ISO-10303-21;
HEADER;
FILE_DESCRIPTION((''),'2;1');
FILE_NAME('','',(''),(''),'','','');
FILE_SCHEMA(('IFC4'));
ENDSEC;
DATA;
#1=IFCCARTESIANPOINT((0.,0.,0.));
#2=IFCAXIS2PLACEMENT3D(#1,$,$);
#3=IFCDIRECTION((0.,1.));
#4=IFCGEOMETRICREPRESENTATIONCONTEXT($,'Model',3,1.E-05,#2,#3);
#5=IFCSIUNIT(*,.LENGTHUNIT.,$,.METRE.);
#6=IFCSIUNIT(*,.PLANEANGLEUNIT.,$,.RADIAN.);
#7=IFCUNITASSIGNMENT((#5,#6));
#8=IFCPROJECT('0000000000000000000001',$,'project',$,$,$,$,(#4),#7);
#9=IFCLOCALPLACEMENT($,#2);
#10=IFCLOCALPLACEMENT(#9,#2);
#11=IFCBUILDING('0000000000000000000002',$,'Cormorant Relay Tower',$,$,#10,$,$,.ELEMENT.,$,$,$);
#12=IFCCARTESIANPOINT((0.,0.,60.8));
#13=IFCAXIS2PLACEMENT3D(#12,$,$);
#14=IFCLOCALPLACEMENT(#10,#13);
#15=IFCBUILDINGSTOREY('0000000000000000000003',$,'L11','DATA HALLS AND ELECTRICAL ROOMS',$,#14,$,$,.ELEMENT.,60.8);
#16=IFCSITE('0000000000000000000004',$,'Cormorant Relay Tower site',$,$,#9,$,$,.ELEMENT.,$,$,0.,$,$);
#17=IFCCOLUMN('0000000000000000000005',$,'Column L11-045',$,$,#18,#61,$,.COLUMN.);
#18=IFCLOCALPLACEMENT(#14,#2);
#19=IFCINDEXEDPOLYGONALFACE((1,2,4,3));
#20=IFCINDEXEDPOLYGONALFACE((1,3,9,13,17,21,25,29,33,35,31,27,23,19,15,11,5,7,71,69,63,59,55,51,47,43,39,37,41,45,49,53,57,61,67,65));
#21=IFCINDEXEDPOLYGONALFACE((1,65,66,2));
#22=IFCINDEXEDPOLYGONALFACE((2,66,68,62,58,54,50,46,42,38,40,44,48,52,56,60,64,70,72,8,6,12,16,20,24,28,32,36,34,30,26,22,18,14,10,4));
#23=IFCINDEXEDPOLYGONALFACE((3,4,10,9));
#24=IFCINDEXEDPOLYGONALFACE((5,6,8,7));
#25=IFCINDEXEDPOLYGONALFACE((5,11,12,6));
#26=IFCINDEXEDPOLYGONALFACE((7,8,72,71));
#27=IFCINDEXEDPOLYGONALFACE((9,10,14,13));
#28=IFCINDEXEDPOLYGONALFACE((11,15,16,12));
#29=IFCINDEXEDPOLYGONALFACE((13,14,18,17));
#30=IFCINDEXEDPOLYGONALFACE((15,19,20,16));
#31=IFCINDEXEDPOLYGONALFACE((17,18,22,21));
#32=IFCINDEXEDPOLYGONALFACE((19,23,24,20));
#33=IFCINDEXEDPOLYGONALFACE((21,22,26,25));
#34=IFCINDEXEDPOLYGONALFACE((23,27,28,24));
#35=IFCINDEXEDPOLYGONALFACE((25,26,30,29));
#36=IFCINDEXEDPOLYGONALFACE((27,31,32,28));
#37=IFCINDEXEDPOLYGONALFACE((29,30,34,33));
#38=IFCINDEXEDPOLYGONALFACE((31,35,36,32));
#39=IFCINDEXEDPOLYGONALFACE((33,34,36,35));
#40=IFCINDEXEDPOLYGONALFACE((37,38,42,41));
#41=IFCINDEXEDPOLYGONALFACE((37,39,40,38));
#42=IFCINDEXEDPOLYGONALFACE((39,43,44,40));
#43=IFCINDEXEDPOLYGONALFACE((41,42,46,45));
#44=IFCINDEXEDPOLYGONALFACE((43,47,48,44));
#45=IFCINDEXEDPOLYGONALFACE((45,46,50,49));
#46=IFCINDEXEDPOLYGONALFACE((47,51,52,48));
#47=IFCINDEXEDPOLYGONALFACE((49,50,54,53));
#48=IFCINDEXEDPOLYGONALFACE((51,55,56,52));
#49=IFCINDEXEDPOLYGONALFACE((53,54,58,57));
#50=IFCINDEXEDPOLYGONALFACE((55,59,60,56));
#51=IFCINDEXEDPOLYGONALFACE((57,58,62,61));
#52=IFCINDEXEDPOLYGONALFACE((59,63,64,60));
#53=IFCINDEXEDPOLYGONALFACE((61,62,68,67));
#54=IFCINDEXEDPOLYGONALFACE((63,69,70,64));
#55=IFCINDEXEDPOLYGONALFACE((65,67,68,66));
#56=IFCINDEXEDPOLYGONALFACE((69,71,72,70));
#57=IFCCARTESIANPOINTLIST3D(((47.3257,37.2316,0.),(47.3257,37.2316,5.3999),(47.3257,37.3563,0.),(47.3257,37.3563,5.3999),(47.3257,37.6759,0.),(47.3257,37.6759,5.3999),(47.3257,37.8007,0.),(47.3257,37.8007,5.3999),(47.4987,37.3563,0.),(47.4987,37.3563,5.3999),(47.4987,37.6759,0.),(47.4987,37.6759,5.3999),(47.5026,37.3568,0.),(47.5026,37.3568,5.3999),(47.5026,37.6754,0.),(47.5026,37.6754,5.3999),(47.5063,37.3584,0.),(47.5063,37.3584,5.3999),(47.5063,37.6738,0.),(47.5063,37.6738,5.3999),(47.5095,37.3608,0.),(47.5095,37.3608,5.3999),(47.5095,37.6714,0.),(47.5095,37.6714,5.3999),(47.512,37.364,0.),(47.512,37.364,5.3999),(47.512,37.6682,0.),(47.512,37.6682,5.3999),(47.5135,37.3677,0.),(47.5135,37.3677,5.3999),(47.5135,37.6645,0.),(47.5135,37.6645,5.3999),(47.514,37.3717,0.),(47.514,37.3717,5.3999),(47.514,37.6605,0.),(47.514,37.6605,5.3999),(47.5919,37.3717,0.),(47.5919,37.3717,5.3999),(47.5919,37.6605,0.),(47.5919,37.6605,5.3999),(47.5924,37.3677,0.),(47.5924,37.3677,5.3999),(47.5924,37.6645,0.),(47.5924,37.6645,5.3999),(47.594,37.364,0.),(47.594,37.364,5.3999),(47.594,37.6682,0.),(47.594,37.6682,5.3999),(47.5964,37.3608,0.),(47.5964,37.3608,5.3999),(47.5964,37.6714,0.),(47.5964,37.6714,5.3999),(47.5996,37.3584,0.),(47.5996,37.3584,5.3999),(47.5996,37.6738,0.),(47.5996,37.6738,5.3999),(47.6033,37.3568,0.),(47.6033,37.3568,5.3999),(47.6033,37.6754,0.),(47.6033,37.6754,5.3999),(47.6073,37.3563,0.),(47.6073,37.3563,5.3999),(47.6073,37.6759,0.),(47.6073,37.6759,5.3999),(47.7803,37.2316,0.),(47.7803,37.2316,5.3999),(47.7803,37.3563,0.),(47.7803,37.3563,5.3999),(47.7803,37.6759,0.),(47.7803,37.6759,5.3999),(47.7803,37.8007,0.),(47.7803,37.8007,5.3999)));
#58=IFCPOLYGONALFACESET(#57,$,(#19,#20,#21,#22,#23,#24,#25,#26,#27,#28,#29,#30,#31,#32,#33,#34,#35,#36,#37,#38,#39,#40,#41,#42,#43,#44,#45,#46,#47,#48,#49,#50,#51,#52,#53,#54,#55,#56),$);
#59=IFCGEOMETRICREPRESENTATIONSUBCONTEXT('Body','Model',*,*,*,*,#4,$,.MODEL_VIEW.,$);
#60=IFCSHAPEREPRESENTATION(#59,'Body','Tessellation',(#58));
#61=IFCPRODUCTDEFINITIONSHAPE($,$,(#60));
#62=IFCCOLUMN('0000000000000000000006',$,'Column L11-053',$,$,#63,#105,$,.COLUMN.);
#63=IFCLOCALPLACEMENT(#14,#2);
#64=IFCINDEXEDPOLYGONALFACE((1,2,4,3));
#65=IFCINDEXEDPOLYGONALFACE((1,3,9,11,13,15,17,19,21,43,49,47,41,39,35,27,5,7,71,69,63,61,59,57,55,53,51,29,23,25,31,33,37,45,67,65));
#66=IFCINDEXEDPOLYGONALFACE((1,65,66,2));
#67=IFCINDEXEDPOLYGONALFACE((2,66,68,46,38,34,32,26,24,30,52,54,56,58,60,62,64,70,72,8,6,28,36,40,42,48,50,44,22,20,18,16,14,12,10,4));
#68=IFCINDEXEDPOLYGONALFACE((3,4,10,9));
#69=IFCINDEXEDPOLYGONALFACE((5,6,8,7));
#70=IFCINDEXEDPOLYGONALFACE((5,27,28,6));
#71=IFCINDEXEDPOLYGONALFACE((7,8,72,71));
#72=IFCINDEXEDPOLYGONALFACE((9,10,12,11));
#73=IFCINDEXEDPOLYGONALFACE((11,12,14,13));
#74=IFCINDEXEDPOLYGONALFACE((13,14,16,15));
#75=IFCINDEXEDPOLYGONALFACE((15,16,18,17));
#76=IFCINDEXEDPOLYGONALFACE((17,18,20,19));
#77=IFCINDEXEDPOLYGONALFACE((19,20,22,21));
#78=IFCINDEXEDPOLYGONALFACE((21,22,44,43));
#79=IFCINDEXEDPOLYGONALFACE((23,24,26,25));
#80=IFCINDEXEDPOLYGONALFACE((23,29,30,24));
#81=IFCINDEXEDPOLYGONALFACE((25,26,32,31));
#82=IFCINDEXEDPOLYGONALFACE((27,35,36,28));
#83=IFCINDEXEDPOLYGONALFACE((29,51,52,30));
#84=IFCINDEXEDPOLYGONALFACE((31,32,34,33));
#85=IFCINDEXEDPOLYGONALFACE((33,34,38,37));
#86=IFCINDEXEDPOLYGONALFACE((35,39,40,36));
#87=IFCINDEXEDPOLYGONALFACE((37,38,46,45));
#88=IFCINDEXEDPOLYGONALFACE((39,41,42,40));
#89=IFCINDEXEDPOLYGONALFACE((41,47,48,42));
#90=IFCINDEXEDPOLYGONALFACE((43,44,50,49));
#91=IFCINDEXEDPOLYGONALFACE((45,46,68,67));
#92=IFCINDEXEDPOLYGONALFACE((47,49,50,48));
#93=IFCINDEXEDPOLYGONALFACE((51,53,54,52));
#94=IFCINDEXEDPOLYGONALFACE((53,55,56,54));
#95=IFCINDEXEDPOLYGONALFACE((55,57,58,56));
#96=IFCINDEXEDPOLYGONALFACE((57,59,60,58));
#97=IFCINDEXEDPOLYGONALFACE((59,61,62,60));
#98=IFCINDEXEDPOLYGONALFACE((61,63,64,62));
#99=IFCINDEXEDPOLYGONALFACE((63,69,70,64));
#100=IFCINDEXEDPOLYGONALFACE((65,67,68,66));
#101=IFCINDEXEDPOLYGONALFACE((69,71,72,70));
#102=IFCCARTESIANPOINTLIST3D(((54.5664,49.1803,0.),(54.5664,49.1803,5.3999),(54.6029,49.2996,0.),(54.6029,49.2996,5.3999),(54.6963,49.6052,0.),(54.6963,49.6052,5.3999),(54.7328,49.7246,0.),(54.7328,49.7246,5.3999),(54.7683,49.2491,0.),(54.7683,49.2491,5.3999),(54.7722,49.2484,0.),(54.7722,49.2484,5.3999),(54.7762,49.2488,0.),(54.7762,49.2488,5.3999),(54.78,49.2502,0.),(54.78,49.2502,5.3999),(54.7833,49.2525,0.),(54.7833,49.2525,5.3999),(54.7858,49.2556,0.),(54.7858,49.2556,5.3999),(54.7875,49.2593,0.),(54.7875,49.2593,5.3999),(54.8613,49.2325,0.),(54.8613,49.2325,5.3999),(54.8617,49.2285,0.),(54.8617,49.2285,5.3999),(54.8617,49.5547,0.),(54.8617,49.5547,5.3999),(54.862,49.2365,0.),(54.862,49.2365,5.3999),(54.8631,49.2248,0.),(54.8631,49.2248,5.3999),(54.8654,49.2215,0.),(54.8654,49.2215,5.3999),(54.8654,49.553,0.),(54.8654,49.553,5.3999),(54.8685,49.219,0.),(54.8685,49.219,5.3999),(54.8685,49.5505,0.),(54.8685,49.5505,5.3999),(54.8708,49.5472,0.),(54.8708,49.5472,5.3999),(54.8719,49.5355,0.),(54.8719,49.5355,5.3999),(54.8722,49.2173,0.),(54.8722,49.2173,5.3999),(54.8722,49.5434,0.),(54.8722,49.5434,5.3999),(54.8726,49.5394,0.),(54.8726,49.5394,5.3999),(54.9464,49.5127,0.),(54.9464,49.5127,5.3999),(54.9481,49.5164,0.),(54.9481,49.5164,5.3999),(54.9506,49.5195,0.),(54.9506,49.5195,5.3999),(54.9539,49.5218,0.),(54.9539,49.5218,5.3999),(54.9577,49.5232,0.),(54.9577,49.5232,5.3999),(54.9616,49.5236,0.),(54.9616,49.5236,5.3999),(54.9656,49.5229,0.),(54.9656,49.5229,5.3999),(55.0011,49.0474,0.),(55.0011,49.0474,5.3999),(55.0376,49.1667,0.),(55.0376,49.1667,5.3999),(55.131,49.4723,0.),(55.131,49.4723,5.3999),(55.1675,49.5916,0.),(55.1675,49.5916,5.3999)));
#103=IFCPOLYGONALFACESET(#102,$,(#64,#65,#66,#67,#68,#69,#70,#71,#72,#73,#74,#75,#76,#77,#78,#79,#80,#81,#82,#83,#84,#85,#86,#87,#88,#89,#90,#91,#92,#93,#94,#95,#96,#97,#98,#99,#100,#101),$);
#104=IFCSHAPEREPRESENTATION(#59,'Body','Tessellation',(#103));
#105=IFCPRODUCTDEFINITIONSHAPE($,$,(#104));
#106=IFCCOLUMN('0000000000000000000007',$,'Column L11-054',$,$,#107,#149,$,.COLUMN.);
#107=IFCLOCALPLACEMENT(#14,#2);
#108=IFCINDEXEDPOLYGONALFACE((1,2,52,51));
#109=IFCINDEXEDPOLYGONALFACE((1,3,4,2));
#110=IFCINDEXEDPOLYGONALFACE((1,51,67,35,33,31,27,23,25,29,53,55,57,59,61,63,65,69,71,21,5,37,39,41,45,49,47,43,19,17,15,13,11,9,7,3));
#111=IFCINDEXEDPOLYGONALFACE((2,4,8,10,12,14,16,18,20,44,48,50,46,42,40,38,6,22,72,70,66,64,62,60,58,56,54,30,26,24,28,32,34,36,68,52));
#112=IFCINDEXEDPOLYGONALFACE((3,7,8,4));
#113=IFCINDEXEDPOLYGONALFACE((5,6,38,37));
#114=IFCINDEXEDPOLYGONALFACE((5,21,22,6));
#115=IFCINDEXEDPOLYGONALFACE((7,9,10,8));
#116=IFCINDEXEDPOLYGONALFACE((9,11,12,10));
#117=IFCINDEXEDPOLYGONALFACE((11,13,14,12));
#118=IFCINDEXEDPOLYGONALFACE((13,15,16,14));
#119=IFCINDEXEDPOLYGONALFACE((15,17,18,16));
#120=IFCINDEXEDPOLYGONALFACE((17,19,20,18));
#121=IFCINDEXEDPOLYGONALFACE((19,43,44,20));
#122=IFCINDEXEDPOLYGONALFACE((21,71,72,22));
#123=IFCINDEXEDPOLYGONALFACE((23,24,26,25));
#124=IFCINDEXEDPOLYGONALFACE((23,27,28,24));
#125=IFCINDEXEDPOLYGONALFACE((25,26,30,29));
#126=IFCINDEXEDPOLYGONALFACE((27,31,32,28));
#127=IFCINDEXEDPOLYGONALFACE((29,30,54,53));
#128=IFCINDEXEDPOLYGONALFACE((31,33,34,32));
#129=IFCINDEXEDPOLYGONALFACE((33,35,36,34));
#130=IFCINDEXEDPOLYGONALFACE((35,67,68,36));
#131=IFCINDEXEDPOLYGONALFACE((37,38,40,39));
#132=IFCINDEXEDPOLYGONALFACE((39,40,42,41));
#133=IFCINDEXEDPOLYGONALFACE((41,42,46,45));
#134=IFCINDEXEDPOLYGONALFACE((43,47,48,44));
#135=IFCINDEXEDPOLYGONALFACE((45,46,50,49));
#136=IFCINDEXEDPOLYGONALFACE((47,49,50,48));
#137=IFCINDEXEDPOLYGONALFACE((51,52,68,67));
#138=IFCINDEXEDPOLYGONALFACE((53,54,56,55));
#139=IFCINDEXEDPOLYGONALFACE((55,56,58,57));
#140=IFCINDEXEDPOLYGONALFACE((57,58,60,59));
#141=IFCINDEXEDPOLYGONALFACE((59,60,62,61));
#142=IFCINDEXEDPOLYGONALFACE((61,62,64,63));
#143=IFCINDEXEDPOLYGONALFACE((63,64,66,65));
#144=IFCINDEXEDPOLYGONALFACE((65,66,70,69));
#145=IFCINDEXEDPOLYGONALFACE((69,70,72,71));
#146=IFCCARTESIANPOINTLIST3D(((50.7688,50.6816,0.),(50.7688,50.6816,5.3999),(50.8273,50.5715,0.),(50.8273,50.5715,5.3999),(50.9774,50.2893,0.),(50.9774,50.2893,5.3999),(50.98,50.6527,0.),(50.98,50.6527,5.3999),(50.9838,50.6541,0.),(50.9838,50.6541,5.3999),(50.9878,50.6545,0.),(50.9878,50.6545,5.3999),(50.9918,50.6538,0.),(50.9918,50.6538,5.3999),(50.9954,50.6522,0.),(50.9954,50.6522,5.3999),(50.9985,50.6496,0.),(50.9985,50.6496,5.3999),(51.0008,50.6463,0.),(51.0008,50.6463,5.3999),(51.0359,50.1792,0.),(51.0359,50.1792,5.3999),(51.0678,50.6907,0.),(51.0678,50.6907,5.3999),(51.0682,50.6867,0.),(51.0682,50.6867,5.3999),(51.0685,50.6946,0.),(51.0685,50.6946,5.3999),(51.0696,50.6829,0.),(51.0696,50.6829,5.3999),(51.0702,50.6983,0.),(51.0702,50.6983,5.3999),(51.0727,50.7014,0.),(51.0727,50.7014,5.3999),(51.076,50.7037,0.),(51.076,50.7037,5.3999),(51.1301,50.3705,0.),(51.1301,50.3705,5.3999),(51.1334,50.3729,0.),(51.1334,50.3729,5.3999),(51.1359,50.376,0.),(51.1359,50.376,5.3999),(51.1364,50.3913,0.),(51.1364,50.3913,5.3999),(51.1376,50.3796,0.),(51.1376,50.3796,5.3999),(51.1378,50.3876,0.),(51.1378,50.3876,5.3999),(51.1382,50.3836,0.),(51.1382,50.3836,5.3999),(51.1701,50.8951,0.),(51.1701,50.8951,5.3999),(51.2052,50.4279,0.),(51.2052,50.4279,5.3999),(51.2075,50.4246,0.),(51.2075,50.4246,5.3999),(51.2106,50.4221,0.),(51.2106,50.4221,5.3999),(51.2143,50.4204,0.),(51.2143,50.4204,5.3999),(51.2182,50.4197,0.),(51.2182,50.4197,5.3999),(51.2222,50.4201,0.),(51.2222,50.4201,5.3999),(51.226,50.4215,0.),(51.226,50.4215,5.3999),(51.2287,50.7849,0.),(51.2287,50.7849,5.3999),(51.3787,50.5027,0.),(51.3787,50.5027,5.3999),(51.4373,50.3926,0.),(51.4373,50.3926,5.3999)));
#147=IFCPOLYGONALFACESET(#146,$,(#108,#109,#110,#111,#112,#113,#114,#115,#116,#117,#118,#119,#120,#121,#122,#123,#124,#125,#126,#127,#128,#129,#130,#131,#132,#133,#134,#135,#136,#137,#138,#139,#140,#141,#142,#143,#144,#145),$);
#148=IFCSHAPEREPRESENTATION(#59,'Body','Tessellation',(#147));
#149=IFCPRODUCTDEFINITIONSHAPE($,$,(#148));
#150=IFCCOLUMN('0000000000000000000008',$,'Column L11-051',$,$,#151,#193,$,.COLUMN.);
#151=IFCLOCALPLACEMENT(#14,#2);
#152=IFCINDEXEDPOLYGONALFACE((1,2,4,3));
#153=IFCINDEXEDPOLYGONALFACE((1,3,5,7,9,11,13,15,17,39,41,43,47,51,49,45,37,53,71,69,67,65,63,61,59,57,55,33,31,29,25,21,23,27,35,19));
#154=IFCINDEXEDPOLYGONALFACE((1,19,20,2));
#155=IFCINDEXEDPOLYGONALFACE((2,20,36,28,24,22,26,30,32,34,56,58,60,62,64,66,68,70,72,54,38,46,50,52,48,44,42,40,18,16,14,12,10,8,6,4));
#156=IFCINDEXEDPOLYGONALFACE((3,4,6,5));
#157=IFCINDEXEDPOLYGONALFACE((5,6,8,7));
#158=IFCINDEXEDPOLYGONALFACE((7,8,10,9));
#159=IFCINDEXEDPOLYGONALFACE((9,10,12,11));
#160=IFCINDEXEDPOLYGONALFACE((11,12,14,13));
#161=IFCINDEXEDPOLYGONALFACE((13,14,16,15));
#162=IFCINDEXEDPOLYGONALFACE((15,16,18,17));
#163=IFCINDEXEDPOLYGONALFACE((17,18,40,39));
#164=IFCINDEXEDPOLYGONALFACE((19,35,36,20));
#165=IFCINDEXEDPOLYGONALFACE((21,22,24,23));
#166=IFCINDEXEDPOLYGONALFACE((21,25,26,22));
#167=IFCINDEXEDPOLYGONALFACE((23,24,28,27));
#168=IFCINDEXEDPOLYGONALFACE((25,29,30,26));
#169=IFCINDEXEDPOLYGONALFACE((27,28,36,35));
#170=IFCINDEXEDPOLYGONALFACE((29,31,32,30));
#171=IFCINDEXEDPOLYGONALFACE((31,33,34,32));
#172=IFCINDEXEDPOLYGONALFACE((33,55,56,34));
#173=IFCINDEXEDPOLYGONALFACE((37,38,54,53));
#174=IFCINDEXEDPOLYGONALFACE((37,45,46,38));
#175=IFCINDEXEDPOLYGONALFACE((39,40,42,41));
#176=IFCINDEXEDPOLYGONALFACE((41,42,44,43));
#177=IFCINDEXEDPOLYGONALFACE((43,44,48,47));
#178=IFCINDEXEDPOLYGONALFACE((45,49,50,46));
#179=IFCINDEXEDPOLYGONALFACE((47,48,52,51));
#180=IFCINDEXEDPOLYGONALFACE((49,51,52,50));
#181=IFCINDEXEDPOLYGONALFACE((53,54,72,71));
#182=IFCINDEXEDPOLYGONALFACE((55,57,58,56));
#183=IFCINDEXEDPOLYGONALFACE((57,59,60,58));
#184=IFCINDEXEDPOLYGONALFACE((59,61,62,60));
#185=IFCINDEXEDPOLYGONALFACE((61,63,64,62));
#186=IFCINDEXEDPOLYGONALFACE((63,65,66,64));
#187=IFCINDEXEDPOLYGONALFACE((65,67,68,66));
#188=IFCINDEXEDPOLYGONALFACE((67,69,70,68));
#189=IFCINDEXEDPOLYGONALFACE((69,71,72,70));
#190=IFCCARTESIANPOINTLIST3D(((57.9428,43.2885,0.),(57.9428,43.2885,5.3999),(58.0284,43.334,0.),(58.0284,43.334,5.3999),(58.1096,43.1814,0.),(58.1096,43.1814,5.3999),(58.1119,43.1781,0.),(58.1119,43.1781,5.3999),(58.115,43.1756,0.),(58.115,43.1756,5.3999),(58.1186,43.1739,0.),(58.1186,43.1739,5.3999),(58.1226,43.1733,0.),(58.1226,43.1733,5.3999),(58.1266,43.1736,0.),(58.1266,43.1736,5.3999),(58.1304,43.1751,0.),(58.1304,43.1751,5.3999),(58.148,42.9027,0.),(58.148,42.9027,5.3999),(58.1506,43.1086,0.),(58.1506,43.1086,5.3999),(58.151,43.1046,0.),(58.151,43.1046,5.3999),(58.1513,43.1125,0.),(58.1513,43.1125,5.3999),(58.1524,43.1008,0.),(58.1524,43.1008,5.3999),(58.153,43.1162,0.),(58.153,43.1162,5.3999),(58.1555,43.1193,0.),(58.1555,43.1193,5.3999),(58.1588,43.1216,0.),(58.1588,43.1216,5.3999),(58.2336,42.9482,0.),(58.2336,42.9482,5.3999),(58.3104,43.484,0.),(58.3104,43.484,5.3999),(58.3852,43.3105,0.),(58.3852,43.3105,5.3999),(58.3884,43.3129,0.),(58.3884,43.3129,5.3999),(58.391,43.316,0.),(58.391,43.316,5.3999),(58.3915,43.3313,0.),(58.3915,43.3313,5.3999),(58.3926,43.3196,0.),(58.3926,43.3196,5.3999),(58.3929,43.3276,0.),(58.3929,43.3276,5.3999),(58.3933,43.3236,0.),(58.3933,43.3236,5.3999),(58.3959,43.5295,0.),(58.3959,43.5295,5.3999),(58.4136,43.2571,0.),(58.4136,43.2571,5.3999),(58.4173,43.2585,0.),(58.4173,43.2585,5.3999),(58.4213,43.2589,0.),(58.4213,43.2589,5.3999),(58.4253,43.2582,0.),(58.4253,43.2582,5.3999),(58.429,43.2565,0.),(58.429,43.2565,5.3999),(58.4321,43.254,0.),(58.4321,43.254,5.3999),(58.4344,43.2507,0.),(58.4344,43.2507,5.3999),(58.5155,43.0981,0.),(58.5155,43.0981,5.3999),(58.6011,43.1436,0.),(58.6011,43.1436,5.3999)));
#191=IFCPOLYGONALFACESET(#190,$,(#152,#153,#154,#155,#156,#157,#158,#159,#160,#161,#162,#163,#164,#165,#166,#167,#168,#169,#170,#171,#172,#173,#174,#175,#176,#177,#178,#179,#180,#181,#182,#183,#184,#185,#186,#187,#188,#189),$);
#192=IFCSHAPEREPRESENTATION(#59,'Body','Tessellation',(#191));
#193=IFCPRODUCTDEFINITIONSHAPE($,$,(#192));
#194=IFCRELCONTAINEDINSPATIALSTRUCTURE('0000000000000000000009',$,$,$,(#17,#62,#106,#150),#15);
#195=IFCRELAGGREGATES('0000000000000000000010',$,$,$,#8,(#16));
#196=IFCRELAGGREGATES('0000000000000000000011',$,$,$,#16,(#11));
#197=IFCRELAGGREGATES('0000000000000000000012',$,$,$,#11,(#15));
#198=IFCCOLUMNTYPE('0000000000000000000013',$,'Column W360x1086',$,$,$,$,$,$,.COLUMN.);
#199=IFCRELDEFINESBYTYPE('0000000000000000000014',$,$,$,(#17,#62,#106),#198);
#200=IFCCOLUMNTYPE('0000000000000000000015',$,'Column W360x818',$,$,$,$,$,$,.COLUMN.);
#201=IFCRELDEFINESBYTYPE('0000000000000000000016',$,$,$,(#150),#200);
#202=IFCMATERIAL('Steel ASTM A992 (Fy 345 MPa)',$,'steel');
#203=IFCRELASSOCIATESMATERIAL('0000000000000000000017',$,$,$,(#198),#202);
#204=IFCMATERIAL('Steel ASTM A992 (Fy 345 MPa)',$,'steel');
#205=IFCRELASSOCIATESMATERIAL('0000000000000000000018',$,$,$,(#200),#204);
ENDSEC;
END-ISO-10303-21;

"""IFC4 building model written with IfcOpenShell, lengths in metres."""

from ifc_helpers import new_model, si_unit, direction, frame, origin, origin_2d, place, context, subcontext, project, spatial, i_section, extrude, material, material_profile, profile_set, type_object, element, save


model = new_model("IFC4")

# Units and contexts
model_context = context("Model", 3, precision=1e-05, world=origin(), true_north=direction((0.0, 1.0)))
body_context = subcontext(model_context, "Body", "Model", "MODEL_VIEW")
ifc_project = project(units=[si_unit("LENGTHUNIT", "METRE"), si_unit("PLANEANGLEUNIT", "RADIAN")], contexts=[model_context])

# Site, building, storey
site_placement = place(None, origin())
site = spatial("IfcSite", under=ifc_project, at=site_placement, Name="Cormorant Relay Tower site", CompositionType="ELEMENT", RefElevation=0.0)
building_placement = place(site_placement, origin())
building = spatial("IfcBuilding", under=site, at=building_placement, Name="Cormorant Relay Tower", CompositionType="ELEMENT")
storey_placement = place(building_placement, frame((0.0, 0.0, 60.8)))
storey = spatial("IfcBuildingStorey", under=building, at=storey_placement, Name="L11", Description="DATA HALLS AND ELECTRICAL ROOMS", CompositionType="ELEMENT", Elevation=60.8)

# Columns
ifc_material_1 = material(Name="Steel ASTM A992 (Fy 345 MPa)", Category="steel")
ifc_material_profile_1 = material_profile(ifc_material_1, i_section(OverallWidth=0.4546, OverallDepth=0.5691, WebThickness=0.0779, FlangeThickness=0.1248, FilletRadius=0.0154, at=origin_2d()), Name="W360x1086")
ifc_profile_set_1 = profile_set([ifc_material_profile_1], Name="Steel ASTM A992 (Fy 345 MPa)")
column_type_1 = type_object("IfcColumnType", Name="Column W360x1086", PredefinedType="COLUMN", material=ifc_profile_set_1)
for number, where, z_axis, x_axis, name in (
    (1, (47.553, 37.5161, 0.0), (0.0, 0.0, 1.0), (1.0, 0.0, 0.0), "Column L11-045"),
    (2, (54.8669, 49.386, 0.0), (0.0, 0.0, 1.0), (-0.956305, 0.292372, 0.0), "Column L11-053"),
    (3, (51.103, 50.5371, 0.0), (0.0, 0.0, 1.0), (-0.882948, -0.469472, 0.0), "Column L11-054"),
):
    element("IfcColumn", number, at=place(storey_placement, frame(where, z_axis=z_axis, x_axis=x_axis)), inside=storey, type_object=column_type_1, Name=name, PredefinedType="COLUMN", context=body_context, shape_type="SweptSolid", body=[
        extrude(i_section(OverallWidth=0.4546, OverallDepth=0.5691, WebThickness=0.0779, FlangeThickness=0.1248, FilletRadius=0.0154, at=origin_2d()), origin(), (0.0, 0.0, 1.0), 5.3999),
    ])
ifc_material_2 = material(Name="Steel ASTM A992 (Fy 345 MPa)", Category="steel")
ifc_material_profile_2 = material_profile(ifc_material_2, i_section(OverallWidth=0.437, OverallDepth=0.5132, WebThickness=0.0605, FlangeThickness=0.0969, FilletRadius=0.0154, at=origin_2d()), Name="W360x818")
ifc_profile_set_2 = profile_set([ifc_material_profile_2], Name="Steel ASTM A992 (Fy 345 MPa)")
column_type_2 = type_object("IfcColumnType", Name="Column W360x818", PredefinedType="COLUMN", material=ifc_profile_set_2)
column_placement = place(storey_placement, frame((58.272, 43.2161, 0.0), z_axis=(0.0, 0.0, 1.0), x_axis=(-0.469472, 0.882948, 0.0)))
element("IfcColumn", 4, at=column_placement, inside=storey, type_object=column_type_2, Name="Column L11-051", PredefinedType="COLUMN", context=body_context, shape_type="SweptSolid", body=[
    extrude(i_section(OverallWidth=0.437, OverallDepth=0.5132, WebThickness=0.0605, FlangeThickness=0.0969, FilletRadius=0.0154, at=origin_2d()), origin(), (0.0, 0.0, 1.0), 5.3999),
])

save(model, "model.ifc")
